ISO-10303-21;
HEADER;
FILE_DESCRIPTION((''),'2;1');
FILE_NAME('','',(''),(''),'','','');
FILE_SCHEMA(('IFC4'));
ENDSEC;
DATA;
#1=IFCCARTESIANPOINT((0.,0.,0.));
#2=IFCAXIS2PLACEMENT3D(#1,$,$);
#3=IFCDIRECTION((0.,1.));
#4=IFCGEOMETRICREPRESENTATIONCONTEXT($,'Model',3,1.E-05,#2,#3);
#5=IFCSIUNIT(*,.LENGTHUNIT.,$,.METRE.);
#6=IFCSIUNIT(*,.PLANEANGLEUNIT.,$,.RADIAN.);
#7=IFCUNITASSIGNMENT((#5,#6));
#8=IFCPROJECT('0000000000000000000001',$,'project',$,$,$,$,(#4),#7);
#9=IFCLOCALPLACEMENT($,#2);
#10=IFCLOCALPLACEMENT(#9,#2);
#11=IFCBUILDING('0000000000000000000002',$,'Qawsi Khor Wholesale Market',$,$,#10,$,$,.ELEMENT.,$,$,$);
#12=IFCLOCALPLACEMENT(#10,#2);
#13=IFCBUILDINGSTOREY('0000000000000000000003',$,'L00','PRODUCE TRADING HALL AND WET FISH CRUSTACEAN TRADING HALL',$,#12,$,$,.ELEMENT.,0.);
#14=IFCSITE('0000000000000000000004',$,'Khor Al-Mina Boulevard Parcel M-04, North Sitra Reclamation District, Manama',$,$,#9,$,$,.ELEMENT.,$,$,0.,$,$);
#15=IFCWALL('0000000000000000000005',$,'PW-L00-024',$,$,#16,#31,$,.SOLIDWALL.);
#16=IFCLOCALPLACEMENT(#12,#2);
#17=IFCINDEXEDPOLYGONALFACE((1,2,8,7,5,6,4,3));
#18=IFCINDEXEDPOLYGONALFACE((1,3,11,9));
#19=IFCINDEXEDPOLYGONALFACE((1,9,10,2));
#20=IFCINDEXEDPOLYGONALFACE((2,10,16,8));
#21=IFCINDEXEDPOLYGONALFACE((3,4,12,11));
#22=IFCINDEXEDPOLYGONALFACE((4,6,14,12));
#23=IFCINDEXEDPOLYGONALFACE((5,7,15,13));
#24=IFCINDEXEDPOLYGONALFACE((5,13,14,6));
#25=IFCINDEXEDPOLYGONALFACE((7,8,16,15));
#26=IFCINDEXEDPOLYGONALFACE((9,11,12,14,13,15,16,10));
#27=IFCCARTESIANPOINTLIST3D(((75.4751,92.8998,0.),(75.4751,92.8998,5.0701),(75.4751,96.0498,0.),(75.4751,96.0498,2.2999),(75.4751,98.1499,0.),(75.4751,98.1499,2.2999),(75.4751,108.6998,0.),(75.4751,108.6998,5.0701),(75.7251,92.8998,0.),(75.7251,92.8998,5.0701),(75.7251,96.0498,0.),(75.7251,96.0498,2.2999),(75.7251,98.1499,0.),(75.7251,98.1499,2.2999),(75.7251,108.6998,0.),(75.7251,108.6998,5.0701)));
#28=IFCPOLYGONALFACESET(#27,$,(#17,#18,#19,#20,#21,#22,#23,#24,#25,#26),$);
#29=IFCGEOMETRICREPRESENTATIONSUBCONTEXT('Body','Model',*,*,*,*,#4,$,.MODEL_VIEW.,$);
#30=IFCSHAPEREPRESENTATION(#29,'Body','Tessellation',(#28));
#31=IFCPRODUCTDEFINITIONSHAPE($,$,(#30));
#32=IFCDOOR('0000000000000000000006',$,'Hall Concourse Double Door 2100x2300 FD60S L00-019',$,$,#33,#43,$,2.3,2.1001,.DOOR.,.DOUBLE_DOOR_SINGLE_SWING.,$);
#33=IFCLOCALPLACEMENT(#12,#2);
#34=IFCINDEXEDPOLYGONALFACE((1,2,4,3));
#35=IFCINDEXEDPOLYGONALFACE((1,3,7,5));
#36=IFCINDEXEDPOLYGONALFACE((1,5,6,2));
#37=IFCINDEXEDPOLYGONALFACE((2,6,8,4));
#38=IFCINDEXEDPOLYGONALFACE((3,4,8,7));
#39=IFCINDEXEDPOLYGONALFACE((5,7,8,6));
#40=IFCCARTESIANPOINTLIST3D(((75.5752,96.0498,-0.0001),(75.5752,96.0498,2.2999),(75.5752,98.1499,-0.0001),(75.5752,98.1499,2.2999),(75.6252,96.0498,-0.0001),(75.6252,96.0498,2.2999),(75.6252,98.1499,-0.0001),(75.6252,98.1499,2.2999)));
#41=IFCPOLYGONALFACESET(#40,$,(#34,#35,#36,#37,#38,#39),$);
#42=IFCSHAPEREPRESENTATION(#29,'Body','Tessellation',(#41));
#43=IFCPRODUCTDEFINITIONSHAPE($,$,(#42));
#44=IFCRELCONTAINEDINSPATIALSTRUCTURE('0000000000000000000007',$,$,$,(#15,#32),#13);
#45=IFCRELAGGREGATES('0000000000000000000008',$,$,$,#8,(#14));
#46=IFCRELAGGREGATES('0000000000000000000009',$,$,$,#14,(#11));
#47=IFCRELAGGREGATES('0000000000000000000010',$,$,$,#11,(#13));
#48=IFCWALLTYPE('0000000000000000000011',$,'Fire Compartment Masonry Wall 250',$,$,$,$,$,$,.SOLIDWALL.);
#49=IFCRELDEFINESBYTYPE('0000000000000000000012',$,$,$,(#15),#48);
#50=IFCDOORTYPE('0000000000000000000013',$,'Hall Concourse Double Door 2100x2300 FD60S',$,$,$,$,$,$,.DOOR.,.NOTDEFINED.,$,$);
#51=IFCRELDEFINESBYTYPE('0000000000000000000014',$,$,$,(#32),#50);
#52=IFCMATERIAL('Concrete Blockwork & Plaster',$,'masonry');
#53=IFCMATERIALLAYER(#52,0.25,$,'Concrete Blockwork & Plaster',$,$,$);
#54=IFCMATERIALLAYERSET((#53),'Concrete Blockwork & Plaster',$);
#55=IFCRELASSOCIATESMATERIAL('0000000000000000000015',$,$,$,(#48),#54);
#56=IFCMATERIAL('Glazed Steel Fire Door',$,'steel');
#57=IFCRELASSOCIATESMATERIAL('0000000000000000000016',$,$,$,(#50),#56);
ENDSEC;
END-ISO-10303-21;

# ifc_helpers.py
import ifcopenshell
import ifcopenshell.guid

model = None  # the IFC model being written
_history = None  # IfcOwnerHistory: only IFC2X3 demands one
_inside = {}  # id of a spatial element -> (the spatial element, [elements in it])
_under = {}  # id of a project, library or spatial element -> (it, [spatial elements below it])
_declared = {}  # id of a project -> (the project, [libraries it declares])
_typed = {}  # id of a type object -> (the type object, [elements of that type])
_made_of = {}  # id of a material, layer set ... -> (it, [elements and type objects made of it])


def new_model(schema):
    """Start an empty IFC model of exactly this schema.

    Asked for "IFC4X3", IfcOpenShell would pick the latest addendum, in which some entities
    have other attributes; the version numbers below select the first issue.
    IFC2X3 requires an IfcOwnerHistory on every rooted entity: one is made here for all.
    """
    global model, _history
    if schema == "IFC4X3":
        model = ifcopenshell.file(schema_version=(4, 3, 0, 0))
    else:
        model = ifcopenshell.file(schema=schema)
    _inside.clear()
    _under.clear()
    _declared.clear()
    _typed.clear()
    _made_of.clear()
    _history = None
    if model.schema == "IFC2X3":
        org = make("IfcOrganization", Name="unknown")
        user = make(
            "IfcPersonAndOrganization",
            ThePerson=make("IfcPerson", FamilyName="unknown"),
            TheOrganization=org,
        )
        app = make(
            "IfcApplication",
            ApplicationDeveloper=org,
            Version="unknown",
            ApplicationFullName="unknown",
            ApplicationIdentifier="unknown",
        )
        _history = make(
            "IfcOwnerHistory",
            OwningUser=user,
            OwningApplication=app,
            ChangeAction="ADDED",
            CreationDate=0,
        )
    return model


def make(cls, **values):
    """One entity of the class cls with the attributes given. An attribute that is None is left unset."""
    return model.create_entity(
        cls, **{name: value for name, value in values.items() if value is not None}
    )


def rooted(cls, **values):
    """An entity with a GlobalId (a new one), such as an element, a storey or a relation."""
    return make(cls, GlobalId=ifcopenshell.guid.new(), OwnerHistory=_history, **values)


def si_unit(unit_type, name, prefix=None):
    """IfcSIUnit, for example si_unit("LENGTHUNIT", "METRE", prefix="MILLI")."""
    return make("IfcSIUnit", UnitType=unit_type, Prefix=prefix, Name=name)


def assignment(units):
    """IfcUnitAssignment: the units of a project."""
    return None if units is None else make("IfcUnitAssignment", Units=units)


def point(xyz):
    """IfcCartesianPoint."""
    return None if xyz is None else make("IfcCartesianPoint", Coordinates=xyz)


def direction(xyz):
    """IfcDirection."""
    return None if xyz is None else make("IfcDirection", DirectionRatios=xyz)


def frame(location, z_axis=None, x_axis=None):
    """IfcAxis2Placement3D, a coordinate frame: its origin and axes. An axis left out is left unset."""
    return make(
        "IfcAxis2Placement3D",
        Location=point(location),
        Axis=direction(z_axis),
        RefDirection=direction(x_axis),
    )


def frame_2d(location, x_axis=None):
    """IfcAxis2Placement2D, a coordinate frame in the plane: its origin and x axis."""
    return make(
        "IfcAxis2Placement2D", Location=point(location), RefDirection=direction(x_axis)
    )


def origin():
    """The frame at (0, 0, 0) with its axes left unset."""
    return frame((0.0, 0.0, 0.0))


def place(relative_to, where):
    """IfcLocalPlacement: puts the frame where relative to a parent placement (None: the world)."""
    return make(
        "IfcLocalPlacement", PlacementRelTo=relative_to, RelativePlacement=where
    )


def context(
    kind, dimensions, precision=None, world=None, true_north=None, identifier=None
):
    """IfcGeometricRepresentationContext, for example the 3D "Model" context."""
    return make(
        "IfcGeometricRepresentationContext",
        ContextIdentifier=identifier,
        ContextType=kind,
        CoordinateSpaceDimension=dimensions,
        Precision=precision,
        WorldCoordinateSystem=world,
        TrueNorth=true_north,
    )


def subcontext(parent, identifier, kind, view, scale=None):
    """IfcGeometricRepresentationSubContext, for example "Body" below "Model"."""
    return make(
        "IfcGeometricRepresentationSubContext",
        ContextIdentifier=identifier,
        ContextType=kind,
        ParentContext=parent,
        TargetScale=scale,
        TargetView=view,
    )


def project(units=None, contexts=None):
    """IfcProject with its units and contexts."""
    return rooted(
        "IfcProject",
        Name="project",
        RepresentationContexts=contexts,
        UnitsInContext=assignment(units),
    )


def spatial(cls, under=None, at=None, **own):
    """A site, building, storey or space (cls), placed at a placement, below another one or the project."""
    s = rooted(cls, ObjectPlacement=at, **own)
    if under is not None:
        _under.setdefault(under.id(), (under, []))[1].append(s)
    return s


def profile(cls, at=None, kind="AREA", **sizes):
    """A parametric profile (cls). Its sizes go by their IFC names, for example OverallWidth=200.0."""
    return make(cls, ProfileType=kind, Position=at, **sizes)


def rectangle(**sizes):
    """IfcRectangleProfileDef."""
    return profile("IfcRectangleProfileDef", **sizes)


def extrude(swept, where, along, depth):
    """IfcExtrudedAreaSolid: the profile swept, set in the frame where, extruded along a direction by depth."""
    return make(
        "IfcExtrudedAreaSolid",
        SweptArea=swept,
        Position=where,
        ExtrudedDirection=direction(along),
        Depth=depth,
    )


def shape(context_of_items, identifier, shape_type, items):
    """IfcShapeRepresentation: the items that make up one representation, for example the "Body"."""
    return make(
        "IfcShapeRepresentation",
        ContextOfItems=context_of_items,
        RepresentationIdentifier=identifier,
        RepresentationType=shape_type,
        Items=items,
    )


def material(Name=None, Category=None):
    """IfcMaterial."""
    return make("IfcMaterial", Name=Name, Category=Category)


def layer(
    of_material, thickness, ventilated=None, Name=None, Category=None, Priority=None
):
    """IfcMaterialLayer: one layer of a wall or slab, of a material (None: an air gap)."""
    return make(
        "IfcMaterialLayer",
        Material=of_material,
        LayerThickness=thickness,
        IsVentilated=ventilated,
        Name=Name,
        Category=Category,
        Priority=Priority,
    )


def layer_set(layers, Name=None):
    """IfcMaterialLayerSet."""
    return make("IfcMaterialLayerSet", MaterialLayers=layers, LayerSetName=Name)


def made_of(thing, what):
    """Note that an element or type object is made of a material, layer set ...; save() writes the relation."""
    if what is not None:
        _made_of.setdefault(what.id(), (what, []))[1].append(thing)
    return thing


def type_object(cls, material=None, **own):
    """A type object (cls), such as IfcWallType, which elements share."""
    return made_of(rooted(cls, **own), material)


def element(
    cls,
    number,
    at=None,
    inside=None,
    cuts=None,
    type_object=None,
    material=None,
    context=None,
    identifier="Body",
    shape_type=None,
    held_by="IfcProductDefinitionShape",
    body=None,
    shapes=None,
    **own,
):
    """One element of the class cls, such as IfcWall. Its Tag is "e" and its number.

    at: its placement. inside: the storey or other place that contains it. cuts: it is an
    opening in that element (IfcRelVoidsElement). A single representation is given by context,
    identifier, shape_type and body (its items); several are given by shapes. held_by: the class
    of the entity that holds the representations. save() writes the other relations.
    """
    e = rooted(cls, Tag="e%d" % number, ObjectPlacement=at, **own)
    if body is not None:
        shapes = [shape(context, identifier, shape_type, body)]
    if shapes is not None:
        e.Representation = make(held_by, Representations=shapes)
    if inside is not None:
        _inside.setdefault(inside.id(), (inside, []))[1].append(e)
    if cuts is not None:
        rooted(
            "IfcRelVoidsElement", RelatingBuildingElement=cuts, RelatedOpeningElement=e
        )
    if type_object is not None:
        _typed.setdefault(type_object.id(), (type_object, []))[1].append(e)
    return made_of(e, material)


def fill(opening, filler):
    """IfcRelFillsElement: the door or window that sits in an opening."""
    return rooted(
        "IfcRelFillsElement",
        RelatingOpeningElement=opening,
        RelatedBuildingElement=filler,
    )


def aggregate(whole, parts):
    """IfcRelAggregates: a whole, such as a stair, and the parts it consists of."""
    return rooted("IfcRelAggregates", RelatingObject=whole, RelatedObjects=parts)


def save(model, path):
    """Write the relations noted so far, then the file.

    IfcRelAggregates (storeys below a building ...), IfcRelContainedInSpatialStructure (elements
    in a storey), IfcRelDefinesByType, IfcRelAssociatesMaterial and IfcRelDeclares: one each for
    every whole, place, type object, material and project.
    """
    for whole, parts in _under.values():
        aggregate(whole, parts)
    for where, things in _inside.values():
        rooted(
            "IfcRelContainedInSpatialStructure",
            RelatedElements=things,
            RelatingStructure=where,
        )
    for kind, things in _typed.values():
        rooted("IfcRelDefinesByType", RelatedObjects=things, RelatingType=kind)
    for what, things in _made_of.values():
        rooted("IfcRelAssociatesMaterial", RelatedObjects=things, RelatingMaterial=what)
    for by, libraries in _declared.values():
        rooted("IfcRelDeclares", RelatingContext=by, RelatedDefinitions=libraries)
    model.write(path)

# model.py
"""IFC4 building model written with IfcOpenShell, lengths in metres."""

from ifc_helpers import new_model, si_unit, direction, frame, frame_2d, origin, place, context, subcontext, project, spatial, rectangle, extrude, material, layer, layer_set, type_object, element, fill, save


model = new_model("IFC4")

# Units and contexts
model_context = context("Model", 3, precision=1e-05, world=origin(), true_north=direction((0.0, 1.0)))
body_context = subcontext(model_context, "Body", "Model", "MODEL_VIEW")
ifc_project = project(units=[si_unit("LENGTHUNIT", "METRE"), si_unit("PLANEANGLEUNIT", "RADIAN")], contexts=[model_context])

# Site, building, storey
site_placement = place(None, origin())
site = spatial("IfcSite", under=ifc_project, at=site_placement, Name="Khor Al-Mina Boulevard Parcel M-04, North Sitra Reclamation District, Manama", CompositionType="ELEMENT", RefElevation=0.0)
building_placement = place(site_placement, origin())
building = spatial("IfcBuilding", under=site, at=building_placement, Name="Qawsi Khor Wholesale Market", CompositionType="ELEMENT")
storey_placement = place(building_placement, origin())
storey = spatial("IfcBuildingStorey", under=building, at=storey_placement, Name="L00", Description="PRODUCE TRADING HALL AND WET FISH CRUSTACEAN TRADING HALL", CompositionType="ELEMENT", Elevation=0.0)

# Wall, opening, door
ifc_material_1 = material(Name="Concrete Blockwork & Plaster", Category="masonry")
ifc_layer_1 = layer(ifc_material_1, 0.25, Name="Concrete Blockwork & Plaster")
ifc_layer_set_1 = layer_set([ifc_layer_1], Name="Concrete Blockwork & Plaster")
wall_type = type_object("IfcWallType", Name="Fire Compartment Masonry Wall 250", PredefinedType="SOLIDWALL", material=ifc_layer_set_1)
wall_placement = place(storey_placement, frame((75.6001, 92.8999, 0.0), z_axis=(0.0, 0.0, 1.0), x_axis=(0.0, 1.0, 0.0)))
wall = element("IfcWall", 1, at=wall_placement, inside=storey, type_object=wall_type, Name="PW-L00-024", PredefinedType="SOLIDWALL", context=body_context, shape_type="SweptSolid", body=[
    extrude(rectangle(XDim=15.8, YDim=0.25, at=frame_2d((7.8999, 0.0))), origin(), (0.0, 0.0, 1.0), 5.0701),
])
opening_placement = place(wall_placement, frame((3.1499, 0.0, 0.0)))
opening = element("IfcOpeningElement", 2, at=opening_placement, cuts=wall, PredefinedType="OPENING", context=body_context, shape_type="SweptSolid", body=[
    extrude(rectangle(XDim=2.1001, YDim=2.3, at=frame_2d((1.05, 1.1499))), frame((0.0, 0.135, 0.0), z_axis=(0.0, -1.0, 0.0), x_axis=(1.0, 0.0, 0.0)), (0.0, 0.0, 1.0), 0.27),
])
ifc_material_2 = material(Name="Glazed Steel Fire Door", Category="steel")
door_type = type_object("IfcDoorType", Name="Hall Concourse Double Door 2100x2300 FD60S", OperationType="NOTDEFINED", PredefinedType="DOOR", material=ifc_material_2)
door_placement = place(opening_placement, origin())
door = element("IfcDoor", 3, at=door_placement, inside=storey, type_object=door_type, Name="Hall Concourse Double Door 2100x2300 FD60S L00-019", OperationType="DOUBLE_DOOR_SINGLE_SWING", OverallHeight=2.3, OverallWidth=2.1001, PredefinedType="DOOR", context=body_context, shape_type="SweptSolid", body=[
    extrude(rectangle(XDim=2.1001, YDim=2.3, at=frame_2d((1.05, 1.1499))), frame((0.0, 0.0249, 0.0), z_axis=(0.0, -1.0, 0.0), x_axis=(1.0, 0.0, 0.0)), (0.0, 0.0, 1.0), 0.05),
])
fill(opening, door)

save(model, "model.ifc")
